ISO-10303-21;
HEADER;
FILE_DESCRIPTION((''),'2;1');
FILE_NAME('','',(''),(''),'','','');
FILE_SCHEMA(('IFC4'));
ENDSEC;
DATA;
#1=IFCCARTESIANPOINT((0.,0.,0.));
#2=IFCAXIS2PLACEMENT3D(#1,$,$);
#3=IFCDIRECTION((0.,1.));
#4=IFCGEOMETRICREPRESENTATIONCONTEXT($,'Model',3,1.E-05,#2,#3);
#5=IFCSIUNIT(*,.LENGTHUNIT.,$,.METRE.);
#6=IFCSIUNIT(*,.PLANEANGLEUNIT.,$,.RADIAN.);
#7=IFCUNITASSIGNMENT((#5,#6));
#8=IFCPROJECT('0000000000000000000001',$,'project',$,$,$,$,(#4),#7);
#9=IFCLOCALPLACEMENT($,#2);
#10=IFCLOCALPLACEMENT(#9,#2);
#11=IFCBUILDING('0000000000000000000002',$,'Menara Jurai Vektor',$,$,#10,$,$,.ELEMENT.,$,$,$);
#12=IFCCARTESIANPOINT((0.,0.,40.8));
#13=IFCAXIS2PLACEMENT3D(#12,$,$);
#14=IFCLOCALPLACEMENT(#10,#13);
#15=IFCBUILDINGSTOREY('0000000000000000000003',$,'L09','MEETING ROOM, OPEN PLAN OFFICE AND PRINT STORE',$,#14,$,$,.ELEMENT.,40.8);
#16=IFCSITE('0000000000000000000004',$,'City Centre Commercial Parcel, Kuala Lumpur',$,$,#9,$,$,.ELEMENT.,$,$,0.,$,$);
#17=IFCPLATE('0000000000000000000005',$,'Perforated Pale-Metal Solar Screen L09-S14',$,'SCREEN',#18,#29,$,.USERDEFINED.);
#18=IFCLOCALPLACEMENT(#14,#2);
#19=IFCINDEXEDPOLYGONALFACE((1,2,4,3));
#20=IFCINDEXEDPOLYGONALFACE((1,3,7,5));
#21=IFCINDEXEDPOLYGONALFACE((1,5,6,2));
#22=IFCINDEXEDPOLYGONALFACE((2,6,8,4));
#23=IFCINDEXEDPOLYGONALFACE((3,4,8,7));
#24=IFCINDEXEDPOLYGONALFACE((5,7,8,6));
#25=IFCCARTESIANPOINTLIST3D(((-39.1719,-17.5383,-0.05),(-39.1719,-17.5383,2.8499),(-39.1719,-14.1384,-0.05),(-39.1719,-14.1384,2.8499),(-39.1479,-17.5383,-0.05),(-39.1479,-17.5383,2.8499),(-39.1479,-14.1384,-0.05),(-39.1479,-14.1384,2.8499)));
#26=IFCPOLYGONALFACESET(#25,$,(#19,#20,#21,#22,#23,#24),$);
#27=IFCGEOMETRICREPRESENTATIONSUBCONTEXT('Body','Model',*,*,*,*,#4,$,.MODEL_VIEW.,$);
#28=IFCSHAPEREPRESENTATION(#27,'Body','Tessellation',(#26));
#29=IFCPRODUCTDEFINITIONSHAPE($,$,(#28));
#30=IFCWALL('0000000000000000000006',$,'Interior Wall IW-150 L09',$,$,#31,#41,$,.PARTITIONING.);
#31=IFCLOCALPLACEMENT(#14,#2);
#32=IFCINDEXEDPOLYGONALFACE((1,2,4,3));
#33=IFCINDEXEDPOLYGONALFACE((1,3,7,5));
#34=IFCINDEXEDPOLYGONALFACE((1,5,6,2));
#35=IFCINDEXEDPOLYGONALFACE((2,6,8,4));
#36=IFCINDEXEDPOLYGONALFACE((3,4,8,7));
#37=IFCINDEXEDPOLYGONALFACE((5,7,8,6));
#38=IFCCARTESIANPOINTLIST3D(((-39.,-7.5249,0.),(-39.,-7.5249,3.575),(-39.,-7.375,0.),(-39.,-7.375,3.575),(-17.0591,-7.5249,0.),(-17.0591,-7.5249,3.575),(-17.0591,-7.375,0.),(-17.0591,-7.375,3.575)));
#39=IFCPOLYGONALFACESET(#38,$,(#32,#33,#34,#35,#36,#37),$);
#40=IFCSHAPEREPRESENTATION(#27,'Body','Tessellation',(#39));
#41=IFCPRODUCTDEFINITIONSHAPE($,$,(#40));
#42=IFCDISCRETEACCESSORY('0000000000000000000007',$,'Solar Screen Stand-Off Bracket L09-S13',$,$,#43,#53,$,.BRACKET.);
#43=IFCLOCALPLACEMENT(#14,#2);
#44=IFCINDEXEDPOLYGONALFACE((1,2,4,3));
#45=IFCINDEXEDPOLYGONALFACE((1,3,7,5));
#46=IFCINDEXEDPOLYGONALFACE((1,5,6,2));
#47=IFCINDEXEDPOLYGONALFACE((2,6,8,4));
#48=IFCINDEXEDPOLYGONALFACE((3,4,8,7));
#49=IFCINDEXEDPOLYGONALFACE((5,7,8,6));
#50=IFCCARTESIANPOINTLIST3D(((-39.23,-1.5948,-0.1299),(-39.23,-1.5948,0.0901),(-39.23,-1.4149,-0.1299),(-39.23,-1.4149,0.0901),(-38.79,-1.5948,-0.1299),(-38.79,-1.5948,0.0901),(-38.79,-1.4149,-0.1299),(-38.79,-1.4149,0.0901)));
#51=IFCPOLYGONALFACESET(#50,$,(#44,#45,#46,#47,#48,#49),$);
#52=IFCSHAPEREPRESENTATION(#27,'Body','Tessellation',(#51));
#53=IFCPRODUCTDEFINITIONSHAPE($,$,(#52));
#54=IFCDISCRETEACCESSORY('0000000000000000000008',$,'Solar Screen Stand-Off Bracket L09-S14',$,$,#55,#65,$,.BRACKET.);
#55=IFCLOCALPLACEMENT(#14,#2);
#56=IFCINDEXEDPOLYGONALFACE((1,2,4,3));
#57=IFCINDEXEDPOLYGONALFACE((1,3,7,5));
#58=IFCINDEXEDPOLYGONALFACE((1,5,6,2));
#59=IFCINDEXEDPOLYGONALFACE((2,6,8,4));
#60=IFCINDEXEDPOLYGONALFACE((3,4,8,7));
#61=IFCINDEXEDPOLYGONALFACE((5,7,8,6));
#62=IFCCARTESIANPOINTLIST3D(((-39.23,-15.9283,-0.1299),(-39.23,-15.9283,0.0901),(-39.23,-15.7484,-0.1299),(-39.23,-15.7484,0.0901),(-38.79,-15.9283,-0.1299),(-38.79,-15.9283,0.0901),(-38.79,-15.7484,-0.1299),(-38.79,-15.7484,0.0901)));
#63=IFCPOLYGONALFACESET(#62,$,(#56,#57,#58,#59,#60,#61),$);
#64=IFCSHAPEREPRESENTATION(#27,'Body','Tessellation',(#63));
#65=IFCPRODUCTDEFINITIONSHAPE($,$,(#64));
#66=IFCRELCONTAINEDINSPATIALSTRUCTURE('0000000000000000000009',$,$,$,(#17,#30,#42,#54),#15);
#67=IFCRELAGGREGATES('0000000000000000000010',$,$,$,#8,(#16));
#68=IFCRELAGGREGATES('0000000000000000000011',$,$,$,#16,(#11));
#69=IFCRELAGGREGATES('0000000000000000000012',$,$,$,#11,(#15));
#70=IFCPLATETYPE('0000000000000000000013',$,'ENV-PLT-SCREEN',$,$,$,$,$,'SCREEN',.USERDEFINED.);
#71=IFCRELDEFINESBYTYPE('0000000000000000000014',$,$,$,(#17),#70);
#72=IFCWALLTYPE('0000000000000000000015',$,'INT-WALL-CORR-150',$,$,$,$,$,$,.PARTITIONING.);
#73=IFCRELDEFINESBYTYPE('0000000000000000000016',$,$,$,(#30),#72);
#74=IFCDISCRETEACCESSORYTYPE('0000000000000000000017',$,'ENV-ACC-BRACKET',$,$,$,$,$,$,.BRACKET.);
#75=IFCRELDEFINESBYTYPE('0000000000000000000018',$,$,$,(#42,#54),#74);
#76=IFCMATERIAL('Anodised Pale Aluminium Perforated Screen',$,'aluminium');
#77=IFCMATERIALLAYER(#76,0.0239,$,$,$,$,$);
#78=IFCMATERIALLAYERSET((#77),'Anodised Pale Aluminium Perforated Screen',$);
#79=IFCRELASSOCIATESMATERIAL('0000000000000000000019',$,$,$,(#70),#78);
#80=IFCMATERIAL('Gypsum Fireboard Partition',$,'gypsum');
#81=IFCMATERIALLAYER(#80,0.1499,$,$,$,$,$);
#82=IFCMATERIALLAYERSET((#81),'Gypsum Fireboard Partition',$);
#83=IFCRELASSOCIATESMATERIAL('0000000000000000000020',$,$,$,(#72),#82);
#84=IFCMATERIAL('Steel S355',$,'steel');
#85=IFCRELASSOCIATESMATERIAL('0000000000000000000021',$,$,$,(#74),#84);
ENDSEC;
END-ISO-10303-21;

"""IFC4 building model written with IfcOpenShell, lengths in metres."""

from ifc_helpers import new_model, si_unit, direction, frame, frame_2d, origin, origin_2d, place, context, subcontext, project, spatial, rectangle, extrude, material, layer, layer_set, type_object, element, save


model = new_model("IFC4")

# Units and contexts
model_context = context("Model", 3, precision=1e-05, world=origin(), true_north=direction((0.0, 1.0)))
body_context = subcontext(model_context, "Body", "Model", "MODEL_VIEW")
ifc_project = project(units=[si_unit("LENGTHUNIT", "METRE"), si_unit("PLANEANGLEUNIT", "RADIAN")], contexts=[model_context])

# Site, building, storey
site_placement = place(None, origin())
site = spatial("IfcSite", under=ifc_project, at=site_placement, Name="City Centre Commercial Parcel, Kuala Lumpur", CompositionType="ELEMENT", RefElevation=0.0)
building_placement = place(site_placement, origin())
building = spatial("IfcBuilding", under=site, at=building_placement, Name="Menara Jurai Vektor", CompositionType="ELEMENT")
storey_placement = place(building_placement, frame((0.0, 0.0, 40.8)))
storey = spatial("IfcBuildingStorey", under=building, at=storey_placement, Name="L09", Description="MEETING ROOM, OPEN PLAN OFFICE AND PRINT STORE", CompositionType="ELEMENT", Elevation=40.8)

# Shared definitions
ifc_material_1 = material(Name="Steel S355", Category="steel")

# Plate
ifc_material_2 = material(Name="Anodised Pale Aluminium Perforated Screen", Category="aluminium")
ifc_layer_1 = layer(ifc_material_2, 0.0239)
ifc_layer_set_1 = layer_set([ifc_layer_1], Name="Anodised Pale Aluminium Perforated Screen")
plate_type_1 = type_object("IfcPlateType", Name="ENV-PLT-SCREEN", ElementType="SCREEN", PredefinedType="USERDEFINED", material=ifc_layer_set_1)
for number, where, z_axis, x_axis, name in (
    (1, (-39.1599, -15.8384, -0.05), (0.0, 0.0, 1.0), (0.0, -1.0, 0.0), "Perforated Pale-Metal Solar Screen L09-S14"),
):
    element("IfcPlate", number, at=place(storey_placement, frame(where, z_axis=z_axis, x_axis=x_axis)), inside=storey, type_object=plate_type_1, Name=name, ObjectType="SCREEN", PredefinedType="USERDEFINED", context=body_context, shape_type="SweptSolid", body=[
        extrude(rectangle(XDim=3.3999, YDim=0.0239, at=origin_2d()), origin(), (0.0, 0.0, 1.0), 2.8999),
    ])

# Wall
ifc_material_3 = material(Name="Gypsum Fireboard Partition", Category="gypsum")
ifc_layer_2 = layer(ifc_material_3, 0.1499)
ifc_layer_set_2 = layer_set([ifc_layer_2], Name="Gypsum Fireboard Partition")
wall_type = type_object("IfcWallType", Name="INT-WALL-CORR-150", PredefinedType="PARTITIONING", material=ifc_layer_set_2)
wall_placement = place(storey_placement, frame((-39.0, -7.45, 0.0), z_axis=(0.0, 0.0, 1.0), x_axis=(1.0, 0.0, 0.0)))
element("IfcWall", 2, at=wall_placement, inside=storey, type_object=wall_type, Name="Interior Wall IW-150 L09", PredefinedType="PARTITIONING", context=body_context, shape_type="SweptSolid", body=[
    extrude(rectangle(XDim=21.9409, YDim=0.1499, at=frame_2d((10.9705, 0.0))), origin(), (0.0, 0.0, 1.0), 3.575),
])

# Discrete accessories
discrete_accessory_type = type_object("IfcDiscreteAccessoryType", Name="ENV-ACC-BRACKET", PredefinedType="BRACKET", material=ifc_material_1)
for number, where, z_axis, x_axis, name in (
    (3, (-39.01, -1.5049, -0.1299), (0.0, 0.0, 1.0), (0.0, -1.0, 0.0), "Solar Screen Stand-Off Bracket L09-S13"),
    (4, (-39.01, -15.8384, -0.1299), (0.0, 0.0, 1.0), (0.0, -1.0, 0.0), "Solar Screen Stand-Off Bracket L09-S14"),
):
    element("IfcDiscreteAccessory", number, at=place(storey_placement, frame(where, z_axis=z_axis, x_axis=x_axis)), inside=storey, type_object=discrete_accessory_type, Name=name, PredefinedType="BRACKET", context=body_context, shape_type="SweptSolid", body=[
        extrude(rectangle(XDim=0.1799, YDim=0.4399, at=origin_2d()), origin(), (0.0, 0.0, 1.0), 0.22),
    ])

save(model, "model.ifc")
